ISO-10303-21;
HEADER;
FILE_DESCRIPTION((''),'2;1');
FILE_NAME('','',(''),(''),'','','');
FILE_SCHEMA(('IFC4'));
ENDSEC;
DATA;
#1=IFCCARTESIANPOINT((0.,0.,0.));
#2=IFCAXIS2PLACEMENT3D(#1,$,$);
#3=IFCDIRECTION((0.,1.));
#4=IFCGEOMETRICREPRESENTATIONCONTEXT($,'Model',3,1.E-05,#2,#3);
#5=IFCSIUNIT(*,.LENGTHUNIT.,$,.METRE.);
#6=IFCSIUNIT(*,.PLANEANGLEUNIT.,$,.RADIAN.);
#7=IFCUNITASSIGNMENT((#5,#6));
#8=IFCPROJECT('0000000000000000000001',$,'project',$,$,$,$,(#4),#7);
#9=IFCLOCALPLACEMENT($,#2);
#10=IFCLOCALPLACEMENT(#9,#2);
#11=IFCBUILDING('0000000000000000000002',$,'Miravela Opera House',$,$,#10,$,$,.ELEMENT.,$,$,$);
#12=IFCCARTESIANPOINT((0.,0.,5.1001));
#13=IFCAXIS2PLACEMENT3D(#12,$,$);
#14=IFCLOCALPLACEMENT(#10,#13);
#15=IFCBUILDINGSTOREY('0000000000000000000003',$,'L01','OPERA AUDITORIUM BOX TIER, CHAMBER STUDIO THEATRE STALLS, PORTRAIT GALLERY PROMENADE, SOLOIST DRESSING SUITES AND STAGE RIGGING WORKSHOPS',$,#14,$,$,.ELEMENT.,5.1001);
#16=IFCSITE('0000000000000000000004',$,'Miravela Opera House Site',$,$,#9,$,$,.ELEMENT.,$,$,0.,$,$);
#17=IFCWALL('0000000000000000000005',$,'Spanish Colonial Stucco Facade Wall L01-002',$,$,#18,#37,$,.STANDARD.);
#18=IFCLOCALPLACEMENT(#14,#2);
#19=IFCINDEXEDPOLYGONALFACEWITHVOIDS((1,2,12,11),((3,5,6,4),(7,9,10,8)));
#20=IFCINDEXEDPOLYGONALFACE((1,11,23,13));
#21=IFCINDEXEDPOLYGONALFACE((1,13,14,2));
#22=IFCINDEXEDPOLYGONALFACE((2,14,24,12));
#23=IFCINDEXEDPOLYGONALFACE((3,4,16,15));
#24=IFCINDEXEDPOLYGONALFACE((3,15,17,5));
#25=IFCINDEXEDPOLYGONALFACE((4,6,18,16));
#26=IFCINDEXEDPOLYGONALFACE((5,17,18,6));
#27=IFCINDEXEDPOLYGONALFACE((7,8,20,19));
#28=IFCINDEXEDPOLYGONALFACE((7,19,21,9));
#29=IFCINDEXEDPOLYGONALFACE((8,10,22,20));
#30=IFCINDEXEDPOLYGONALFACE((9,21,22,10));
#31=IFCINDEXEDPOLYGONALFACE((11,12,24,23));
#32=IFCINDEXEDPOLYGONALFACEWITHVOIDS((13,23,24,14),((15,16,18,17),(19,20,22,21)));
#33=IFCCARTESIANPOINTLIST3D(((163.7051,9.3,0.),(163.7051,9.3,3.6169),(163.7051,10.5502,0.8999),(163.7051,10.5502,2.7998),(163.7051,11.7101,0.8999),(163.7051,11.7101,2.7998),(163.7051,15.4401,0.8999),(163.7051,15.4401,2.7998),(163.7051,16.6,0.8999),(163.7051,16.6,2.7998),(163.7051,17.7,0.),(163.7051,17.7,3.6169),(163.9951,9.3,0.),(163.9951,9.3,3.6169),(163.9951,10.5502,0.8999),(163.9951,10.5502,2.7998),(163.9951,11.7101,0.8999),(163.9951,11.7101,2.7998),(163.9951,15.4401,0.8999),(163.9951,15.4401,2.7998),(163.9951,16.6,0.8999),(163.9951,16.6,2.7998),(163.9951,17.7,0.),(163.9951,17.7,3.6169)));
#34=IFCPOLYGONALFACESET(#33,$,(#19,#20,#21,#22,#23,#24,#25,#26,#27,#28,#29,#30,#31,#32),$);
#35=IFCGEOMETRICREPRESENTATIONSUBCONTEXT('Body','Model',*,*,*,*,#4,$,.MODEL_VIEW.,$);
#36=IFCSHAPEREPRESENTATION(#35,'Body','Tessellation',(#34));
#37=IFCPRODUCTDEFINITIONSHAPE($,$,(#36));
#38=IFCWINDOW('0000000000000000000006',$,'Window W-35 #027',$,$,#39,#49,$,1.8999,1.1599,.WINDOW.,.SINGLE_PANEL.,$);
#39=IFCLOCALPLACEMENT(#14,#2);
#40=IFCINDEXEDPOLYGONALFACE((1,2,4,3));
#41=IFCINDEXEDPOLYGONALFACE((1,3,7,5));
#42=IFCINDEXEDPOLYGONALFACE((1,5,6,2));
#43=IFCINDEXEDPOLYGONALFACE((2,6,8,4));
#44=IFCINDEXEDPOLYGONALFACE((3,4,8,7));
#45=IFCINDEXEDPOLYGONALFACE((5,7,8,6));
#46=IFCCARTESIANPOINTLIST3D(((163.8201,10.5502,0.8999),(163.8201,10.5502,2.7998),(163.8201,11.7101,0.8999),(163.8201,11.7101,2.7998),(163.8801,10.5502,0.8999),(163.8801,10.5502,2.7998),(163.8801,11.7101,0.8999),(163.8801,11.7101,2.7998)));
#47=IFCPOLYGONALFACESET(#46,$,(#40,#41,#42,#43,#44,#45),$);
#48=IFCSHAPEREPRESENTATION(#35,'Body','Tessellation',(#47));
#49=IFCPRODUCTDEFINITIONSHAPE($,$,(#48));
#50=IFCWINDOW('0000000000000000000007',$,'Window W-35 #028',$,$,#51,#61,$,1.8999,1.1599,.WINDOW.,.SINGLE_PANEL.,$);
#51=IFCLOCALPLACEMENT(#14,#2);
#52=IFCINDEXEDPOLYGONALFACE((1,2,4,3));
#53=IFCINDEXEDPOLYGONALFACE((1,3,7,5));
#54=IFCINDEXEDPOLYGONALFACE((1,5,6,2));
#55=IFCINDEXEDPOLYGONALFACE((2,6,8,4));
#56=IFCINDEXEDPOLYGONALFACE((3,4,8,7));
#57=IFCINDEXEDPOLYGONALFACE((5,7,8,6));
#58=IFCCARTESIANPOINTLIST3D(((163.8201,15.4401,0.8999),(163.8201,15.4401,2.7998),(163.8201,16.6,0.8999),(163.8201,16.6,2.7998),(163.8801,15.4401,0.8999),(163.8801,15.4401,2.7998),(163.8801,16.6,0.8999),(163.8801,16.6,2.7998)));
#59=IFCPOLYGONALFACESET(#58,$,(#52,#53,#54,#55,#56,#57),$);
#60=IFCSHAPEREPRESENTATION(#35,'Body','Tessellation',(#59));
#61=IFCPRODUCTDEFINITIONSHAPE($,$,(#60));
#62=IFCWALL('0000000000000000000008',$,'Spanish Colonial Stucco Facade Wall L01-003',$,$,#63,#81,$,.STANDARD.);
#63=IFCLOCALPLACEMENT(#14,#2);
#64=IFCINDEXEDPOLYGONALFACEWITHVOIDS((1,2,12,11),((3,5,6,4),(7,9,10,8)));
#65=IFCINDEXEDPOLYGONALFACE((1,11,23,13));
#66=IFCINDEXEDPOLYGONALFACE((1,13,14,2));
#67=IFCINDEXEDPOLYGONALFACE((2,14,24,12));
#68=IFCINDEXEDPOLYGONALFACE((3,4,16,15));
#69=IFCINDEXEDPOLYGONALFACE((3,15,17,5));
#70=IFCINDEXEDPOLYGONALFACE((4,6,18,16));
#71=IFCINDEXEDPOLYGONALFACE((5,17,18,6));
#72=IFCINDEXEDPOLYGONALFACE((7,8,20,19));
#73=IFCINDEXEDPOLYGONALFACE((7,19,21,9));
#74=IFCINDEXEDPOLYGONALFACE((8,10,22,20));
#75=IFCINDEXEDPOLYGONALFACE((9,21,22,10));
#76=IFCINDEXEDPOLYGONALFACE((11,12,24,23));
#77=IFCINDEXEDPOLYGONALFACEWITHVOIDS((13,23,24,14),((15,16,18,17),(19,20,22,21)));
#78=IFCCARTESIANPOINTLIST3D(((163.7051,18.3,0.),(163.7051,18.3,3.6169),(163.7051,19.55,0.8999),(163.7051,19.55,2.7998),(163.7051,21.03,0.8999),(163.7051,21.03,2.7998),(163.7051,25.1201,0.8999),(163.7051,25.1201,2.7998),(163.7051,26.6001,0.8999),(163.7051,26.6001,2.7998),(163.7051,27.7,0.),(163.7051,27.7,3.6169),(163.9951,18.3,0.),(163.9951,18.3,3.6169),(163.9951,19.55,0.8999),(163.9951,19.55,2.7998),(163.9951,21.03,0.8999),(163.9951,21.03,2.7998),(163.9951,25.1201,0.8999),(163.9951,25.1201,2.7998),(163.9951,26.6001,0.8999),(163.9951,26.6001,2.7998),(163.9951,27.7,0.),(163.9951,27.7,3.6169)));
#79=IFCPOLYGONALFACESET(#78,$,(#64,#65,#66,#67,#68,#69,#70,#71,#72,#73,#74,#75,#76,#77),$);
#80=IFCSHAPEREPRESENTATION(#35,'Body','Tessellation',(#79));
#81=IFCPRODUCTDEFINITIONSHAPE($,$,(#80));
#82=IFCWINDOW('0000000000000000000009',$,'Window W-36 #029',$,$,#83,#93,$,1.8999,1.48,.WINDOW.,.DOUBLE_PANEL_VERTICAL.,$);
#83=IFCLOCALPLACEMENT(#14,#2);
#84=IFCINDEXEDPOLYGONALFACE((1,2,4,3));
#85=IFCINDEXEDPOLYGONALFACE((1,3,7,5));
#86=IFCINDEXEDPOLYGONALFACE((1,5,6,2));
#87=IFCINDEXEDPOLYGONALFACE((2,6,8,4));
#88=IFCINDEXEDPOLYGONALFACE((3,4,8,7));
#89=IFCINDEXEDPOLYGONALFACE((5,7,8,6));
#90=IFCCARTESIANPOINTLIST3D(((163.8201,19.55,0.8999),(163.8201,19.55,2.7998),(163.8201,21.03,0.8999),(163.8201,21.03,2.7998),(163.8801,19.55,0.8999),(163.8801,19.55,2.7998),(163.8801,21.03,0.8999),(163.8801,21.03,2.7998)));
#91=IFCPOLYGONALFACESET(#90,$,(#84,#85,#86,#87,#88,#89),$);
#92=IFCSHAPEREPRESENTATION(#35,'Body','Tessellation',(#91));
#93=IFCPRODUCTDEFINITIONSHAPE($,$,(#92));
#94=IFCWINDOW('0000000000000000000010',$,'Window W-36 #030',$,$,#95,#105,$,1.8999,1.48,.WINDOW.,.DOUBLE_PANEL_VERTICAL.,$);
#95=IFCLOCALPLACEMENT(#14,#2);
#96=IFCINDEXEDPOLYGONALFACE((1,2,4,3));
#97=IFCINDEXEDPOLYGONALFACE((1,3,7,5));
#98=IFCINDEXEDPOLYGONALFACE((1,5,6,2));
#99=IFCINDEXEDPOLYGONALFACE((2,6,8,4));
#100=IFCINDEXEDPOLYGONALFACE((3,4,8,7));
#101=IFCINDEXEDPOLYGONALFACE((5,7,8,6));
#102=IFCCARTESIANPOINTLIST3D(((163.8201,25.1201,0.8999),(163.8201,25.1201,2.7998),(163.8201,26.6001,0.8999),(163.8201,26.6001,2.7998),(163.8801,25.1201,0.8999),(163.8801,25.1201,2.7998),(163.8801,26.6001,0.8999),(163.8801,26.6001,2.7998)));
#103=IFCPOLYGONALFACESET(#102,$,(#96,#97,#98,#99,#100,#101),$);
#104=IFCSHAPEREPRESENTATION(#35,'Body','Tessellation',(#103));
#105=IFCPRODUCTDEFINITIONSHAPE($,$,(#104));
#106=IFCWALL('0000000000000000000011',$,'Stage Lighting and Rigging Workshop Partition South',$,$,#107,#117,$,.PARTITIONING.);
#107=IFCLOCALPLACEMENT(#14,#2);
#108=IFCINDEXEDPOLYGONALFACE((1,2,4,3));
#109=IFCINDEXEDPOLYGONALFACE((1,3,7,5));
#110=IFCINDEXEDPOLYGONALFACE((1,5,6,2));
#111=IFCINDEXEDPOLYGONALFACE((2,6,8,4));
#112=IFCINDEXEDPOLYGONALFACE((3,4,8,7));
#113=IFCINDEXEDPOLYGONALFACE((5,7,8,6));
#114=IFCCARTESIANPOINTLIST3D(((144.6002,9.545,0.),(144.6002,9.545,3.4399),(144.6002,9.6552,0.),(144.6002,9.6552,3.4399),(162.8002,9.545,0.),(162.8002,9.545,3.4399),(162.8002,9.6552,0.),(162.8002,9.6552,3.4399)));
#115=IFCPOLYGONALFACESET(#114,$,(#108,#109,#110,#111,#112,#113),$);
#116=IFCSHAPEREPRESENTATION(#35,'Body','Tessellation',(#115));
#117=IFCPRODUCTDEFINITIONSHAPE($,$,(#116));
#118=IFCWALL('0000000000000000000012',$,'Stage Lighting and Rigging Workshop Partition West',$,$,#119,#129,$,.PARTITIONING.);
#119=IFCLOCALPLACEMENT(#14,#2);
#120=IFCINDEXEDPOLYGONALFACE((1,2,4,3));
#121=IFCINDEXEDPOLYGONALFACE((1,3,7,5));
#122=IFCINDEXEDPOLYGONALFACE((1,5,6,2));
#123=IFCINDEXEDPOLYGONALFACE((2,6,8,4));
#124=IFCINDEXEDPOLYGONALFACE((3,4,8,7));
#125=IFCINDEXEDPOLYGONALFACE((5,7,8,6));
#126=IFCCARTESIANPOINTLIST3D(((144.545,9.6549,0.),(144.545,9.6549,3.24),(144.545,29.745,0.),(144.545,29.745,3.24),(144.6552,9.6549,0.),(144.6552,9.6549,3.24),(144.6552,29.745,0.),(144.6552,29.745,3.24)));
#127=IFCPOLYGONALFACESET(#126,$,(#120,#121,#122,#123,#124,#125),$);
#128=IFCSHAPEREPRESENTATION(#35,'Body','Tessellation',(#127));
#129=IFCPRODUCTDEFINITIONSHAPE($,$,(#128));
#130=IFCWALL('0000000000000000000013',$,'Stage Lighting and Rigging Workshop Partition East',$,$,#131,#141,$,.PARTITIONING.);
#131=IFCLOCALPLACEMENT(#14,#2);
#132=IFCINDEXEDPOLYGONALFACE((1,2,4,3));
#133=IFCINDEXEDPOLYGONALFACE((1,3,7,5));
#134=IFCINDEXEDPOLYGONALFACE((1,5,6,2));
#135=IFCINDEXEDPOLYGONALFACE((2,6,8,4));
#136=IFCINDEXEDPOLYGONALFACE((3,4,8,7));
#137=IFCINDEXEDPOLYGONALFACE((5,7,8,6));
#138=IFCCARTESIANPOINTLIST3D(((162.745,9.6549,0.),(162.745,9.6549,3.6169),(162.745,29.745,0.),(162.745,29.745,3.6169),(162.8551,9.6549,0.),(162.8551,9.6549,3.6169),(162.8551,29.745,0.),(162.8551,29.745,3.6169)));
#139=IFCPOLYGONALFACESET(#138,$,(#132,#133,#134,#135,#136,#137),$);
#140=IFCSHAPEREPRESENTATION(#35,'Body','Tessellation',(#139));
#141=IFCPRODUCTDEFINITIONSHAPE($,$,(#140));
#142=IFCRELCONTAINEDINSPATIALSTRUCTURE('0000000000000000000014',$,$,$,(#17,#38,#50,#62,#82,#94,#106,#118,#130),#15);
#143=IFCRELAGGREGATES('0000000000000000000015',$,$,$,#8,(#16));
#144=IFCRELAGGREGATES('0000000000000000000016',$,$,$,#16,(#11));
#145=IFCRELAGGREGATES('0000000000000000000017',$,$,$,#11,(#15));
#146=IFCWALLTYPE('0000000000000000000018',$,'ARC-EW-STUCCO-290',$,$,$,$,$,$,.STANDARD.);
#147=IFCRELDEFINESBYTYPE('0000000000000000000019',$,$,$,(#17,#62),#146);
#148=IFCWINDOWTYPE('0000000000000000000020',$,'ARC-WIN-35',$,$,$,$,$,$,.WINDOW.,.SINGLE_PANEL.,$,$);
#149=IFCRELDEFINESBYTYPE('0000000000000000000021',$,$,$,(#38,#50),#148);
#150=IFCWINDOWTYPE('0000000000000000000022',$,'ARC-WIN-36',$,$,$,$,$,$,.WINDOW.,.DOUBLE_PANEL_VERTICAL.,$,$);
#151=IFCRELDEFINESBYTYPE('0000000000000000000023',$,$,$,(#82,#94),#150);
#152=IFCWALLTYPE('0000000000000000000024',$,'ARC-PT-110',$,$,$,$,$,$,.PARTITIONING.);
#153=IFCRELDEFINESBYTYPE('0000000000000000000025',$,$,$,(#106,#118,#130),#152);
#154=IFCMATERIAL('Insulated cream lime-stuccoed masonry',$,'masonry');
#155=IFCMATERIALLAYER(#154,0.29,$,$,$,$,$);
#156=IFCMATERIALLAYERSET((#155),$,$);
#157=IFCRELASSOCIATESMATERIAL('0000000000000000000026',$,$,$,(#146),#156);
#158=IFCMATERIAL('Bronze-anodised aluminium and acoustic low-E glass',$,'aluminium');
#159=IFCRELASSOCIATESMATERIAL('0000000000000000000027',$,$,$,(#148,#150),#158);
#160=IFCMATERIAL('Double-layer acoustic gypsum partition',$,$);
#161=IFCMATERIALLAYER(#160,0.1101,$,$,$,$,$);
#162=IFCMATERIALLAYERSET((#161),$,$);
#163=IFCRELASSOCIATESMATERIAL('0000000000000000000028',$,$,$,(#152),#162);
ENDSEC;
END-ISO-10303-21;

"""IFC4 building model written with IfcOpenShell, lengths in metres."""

from ifc_helpers import new_model, si_unit, direction, frame, frame_2d, origin, place, context, subcontext, project, spatial, rectangle, extrude, material, layer, layer_set, type_object, element, fill, save


model = new_model("IFC4")

# Units and contexts
model_context = context("Model", 3, precision=1e-05, world=origin(), true_north=direction((0.0, 1.0)))
body_context = subcontext(model_context, "Body", "Model", "MODEL_VIEW")
ifc_project = project(units=[si_unit("LENGTHUNIT", "METRE"), si_unit("PLANEANGLEUNIT", "RADIAN")], contexts=[model_context])

# Site, building, storey
site_placement = place(None, origin())
site = spatial("IfcSite", under=ifc_project, at=site_placement, Name="Miravela Opera House Site", CompositionType="ELEMENT", RefElevation=0.0)
building_placement = place(site_placement, origin())
building = spatial("IfcBuilding", under=site, at=building_placement, Name="Miravela Opera House", CompositionType="ELEMENT")
storey_placement = place(building_placement, frame((0.0, 0.0, 5.1001)))
storey = spatial("IfcBuildingStorey", under=building, at=storey_placement, Name="L01", Description="OPERA AUDITORIUM BOX TIER, CHAMBER STUDIO THEATRE STALLS, PORTRAIT GALLERY PROMENADE, SOLOIST DRESSING SUITES AND STAGE RIGGING WORKSHOPS", CompositionType="ELEMENT", Elevation=5.1001)

# Walls, openings, windows
ifc_material_1 = material(Name="Insulated cream lime-stuccoed masonry", Category="masonry")
ifc_layer_1 = layer(ifc_material_1, 0.29)
ifc_layer_set_1 = layer_set([ifc_layer_1])
wall_type_1 = type_object("IfcWallType", Name="ARC-EW-STUCCO-290", PredefinedType="STANDARD", material=ifc_layer_set_1)
ifc_material_2 = material(Name="Bronze-anodised aluminium and acoustic low-E glass", Category="aluminium")
wall_1_placement = place(storey_placement, frame((163.8501, 9.3, 0.0), z_axis=(0.0, 0.0, 1.0), x_axis=(0.0, 1.0, 0.0)))
wall_1 = element("IfcWall", 1, at=wall_1_placement, inside=storey, type_object=wall_type_1, Name="Spanish Colonial Stucco Facade Wall L01-002", PredefinedType="STANDARD", context=body_context, shape_type="SweptSolid", body=[
    extrude(rectangle(XDim=8.3999, YDim=0.29, at=frame_2d((4.2, 0.0))), origin(), (0.0, 0.0, 1.0), 3.6169),
])
opening_1_placement = place(wall_1_placement, frame((1.25, 0.0, 0.8999)))
opening_1 = element("IfcOpeningElement", 2, at=opening_1_placement, cuts=wall_1, PredefinedType="OPENING", context=body_context, shape_type="SweptSolid", body=[
    extrude(rectangle(XDim=1.1599, YDim=1.8999, at=frame_2d((0.5801, 0.95))), frame((0.0, 0.155, 0.0), z_axis=(0.0, -1.0, 0.0), x_axis=(1.0, 0.0, 0.0)), (0.0, 0.0, 1.0), 0.3101),
])
opening_2_placement = place(wall_1_placement, frame((6.1399, 0.0, 0.8999)))
opening_2 = element("IfcOpeningElement", 3, at=opening_2_placement, cuts=wall_1, PredefinedType="OPENING", context=body_context, shape_type="SweptSolid", body=[
    extrude(rectangle(XDim=1.1599, YDim=1.8999, at=frame_2d((0.5801, 0.95))), frame((0.0, 0.155, 0.0), z_axis=(0.0, -1.0, 0.0), x_axis=(1.0, 0.0, 0.0)), (0.0, 0.0, 1.0), 0.3101),
])
window_type_1 = type_object("IfcWindowType", Name="ARC-WIN-35", PartitioningType="SINGLE_PANEL", PredefinedType="WINDOW", material=ifc_material_2)
window_1_placement = place(opening_1_placement, origin())
window_1 = element("IfcWindow", 4, at=window_1_placement, inside=storey, type_object=window_type_1, Name="Window W-35 #027", OverallHeight=1.8999, OverallWidth=1.1599, PartitioningType="SINGLE_PANEL", PredefinedType="WINDOW", context=body_context, shape_type="SweptSolid", body=[
    extrude(rectangle(XDim=1.1599, YDim=1.8999, at=frame_2d((0.5801, 0.95))), frame((0.0, 0.03, 0.0), z_axis=(0.0, -1.0, 0.0), x_axis=(1.0, 0.0, 0.0)), (0.0, 0.0, 1.0), 0.0601),
])
fill(opening_1, window_1)
window_2_placement = place(opening_2_placement, origin())
window_2 = element("IfcWindow", 5, at=window_2_placement, inside=storey, type_object=window_type_1, Name="Window W-35 #028", OverallHeight=1.8999, OverallWidth=1.1599, PartitioningType="SINGLE_PANEL", PredefinedType="WINDOW", context=body_context, shape_type="SweptSolid", body=[
    extrude(rectangle(XDim=1.1599, YDim=1.8999, at=frame_2d((0.5801, 0.95))), frame((0.0, 0.03, 0.0), z_axis=(0.0, -1.0, 0.0), x_axis=(1.0, 0.0, 0.0)), (0.0, 0.0, 1.0), 0.0601),
])
fill(opening_2, window_2)
wall_2_placement = place(storey_placement, frame((163.8501, 18.3, 0.0), z_axis=(0.0, 0.0, 1.0), x_axis=(0.0, 1.0, 0.0)))
wall_2 = element("IfcWall", 6, at=wall_2_placement, inside=storey, type_object=wall_type_1, Name="Spanish Colonial Stucco Facade Wall L01-003", PredefinedType="STANDARD", context=body_context, shape_type="SweptSolid", body=[
    extrude(rectangle(XDim=9.3999, YDim=0.29, at=frame_2d((4.7, 0.0))), origin(), (0.0, 0.0, 1.0), 3.6169),
])
opening_3_placement = place(wall_2_placement, frame((1.25, 0.0, 0.8999)))
opening_3 = element("IfcOpeningElement", 7, at=opening_3_placement, cuts=wall_2, PredefinedType="OPENING", context=body_context, shape_type="SweptSolid", body=[
    extrude(rectangle(XDim=1.48, YDim=1.8999, at=frame_2d((0.74, 0.95))), frame((0.0, 0.155, 0.0), z_axis=(0.0, -1.0, 0.0), x_axis=(1.0, 0.0, 0.0)), (0.0, 0.0, 1.0), 0.3101),
])
opening_4_placement = place(wall_2_placement, frame((6.8201, 0.0, 0.8999)))
opening_4 = element("IfcOpeningElement", 8, at=opening_4_placement, cuts=wall_2, PredefinedType="OPENING", context=body_context, shape_type="SweptSolid", body=[
    extrude(rectangle(XDim=1.48, YDim=1.8999, at=frame_2d((0.74, 0.95))), frame((0.0, 0.155, 0.0), z_axis=(0.0, -1.0, 0.0), x_axis=(1.0, 0.0, 0.0)), (0.0, 0.0, 1.0), 0.3101),
])
window_type_2 = type_object("IfcWindowType", Name="ARC-WIN-36", PartitioningType="DOUBLE_PANEL_VERTICAL", PredefinedType="WINDOW", material=ifc_material_2)
window_3_placement = place(opening_3_placement, origin())
window_3 = element("IfcWindow", 9, at=window_3_placement, inside=storey, type_object=window_type_2, Name="Window W-36 #029", OverallHeight=1.8999, OverallWidth=1.48, PartitioningType="DOUBLE_PANEL_VERTICAL", PredefinedType="WINDOW", context=body_context, shape_type="SweptSolid", body=[
    extrude(rectangle(XDim=1.48, YDim=1.8999, at=frame_2d((0.74, 0.95))), frame((0.0, 0.03, 0.0), z_axis=(0.0, -1.0, 0.0), x_axis=(1.0, 0.0, 0.0)), (0.0, 0.0, 1.0), 0.0601),
])
fill(opening_3, window_3)
window_4_placement = place(opening_4_placement, origin())
window_4 = element("IfcWindow", 10, at=window_4_placement, inside=storey, type_object=window_type_2, Name="Window W-36 #030", OverallHeight=1.8999, OverallWidth=1.48, PartitioningType="DOUBLE_PANEL_VERTICAL", PredefinedType="WINDOW", context=body_context, shape_type="SweptSolid", body=[
    extrude(rectangle(XDim=1.48, YDim=1.8999, at=frame_2d((0.74, 0.95))), frame((0.0, 0.03, 0.0), z_axis=(0.0, -1.0, 0.0), x_axis=(1.0, 0.0, 0.0)), (0.0, 0.0, 1.0), 0.0601),
])
fill(opening_4, window_4)

# Walls
ifc_material_3 = material(Name="Double-layer acoustic gypsum partition")
ifc_layer_2 = layer(ifc_material_3, 0.1101)
ifc_layer_set_2 = layer_set([ifc_layer_2])
wall_type_2 = type_object("IfcWallType", Name="ARC-PT-110", PredefinedType="PARTITIONING", material=ifc_layer_set_2)
wall_3_placement = place(storey_placement, frame((144.6001, 9.6001, 0.0), z_axis=(0.0, 0.0, 1.0), x_axis=(1.0, 0.0, 0.0)))
element("IfcWall", 11, at=wall_3_placement, inside=storey, type_object=wall_type_2, Name="Stage Lighting and Rigging Workshop Partition South", PredefinedType="PARTITIONING", context=body_context, shape_type="SweptSolid", body=[
    extrude(rectangle(XDim=18.2, YDim=0.1101, at=frame_2d((9.1001, 0.0))), origin(), (0.0, 0.0, 1.0), 3.4399),
])
wall_4_placement = place(storey_placement, frame((144.6001, 9.655, 0.0), z_axis=(0.0, 0.0, 1.0), x_axis=(0.0, 1.0, 0.0)))
element("IfcWall", 12, at=wall_4_placement, inside=storey, type_object=wall_type_2, Name="Stage Lighting and Rigging Workshop Partition West", PredefinedType="PARTITIONING", context=body_context, shape_type="SweptSolid", body=[
    extrude(rectangle(XDim=20.0901, YDim=0.1101, at=frame_2d((10.0449, 0.0))), origin(), (0.0, 0.0, 1.0), 3.24),
])
wall_5_placement = place(storey_placement, frame((162.8, 9.655, 0.0), z_axis=(0.0, 0.0, 1.0), x_axis=(0.0, 1.0, 0.0)))
element("IfcWall", 13, at=wall_5_placement, inside=storey, type_object=wall_type_2, Name="Stage Lighting and Rigging Workshop Partition East", PredefinedType="PARTITIONING", context=body_context, shape_type="SweptSolid", body=[
    extrude(rectangle(XDim=20.0901, YDim=0.1101, at=frame_2d((10.0449, 0.0))), origin(), (0.0, 0.0, 1.0), 3.6169),
])

save(model, "model.ifc")
